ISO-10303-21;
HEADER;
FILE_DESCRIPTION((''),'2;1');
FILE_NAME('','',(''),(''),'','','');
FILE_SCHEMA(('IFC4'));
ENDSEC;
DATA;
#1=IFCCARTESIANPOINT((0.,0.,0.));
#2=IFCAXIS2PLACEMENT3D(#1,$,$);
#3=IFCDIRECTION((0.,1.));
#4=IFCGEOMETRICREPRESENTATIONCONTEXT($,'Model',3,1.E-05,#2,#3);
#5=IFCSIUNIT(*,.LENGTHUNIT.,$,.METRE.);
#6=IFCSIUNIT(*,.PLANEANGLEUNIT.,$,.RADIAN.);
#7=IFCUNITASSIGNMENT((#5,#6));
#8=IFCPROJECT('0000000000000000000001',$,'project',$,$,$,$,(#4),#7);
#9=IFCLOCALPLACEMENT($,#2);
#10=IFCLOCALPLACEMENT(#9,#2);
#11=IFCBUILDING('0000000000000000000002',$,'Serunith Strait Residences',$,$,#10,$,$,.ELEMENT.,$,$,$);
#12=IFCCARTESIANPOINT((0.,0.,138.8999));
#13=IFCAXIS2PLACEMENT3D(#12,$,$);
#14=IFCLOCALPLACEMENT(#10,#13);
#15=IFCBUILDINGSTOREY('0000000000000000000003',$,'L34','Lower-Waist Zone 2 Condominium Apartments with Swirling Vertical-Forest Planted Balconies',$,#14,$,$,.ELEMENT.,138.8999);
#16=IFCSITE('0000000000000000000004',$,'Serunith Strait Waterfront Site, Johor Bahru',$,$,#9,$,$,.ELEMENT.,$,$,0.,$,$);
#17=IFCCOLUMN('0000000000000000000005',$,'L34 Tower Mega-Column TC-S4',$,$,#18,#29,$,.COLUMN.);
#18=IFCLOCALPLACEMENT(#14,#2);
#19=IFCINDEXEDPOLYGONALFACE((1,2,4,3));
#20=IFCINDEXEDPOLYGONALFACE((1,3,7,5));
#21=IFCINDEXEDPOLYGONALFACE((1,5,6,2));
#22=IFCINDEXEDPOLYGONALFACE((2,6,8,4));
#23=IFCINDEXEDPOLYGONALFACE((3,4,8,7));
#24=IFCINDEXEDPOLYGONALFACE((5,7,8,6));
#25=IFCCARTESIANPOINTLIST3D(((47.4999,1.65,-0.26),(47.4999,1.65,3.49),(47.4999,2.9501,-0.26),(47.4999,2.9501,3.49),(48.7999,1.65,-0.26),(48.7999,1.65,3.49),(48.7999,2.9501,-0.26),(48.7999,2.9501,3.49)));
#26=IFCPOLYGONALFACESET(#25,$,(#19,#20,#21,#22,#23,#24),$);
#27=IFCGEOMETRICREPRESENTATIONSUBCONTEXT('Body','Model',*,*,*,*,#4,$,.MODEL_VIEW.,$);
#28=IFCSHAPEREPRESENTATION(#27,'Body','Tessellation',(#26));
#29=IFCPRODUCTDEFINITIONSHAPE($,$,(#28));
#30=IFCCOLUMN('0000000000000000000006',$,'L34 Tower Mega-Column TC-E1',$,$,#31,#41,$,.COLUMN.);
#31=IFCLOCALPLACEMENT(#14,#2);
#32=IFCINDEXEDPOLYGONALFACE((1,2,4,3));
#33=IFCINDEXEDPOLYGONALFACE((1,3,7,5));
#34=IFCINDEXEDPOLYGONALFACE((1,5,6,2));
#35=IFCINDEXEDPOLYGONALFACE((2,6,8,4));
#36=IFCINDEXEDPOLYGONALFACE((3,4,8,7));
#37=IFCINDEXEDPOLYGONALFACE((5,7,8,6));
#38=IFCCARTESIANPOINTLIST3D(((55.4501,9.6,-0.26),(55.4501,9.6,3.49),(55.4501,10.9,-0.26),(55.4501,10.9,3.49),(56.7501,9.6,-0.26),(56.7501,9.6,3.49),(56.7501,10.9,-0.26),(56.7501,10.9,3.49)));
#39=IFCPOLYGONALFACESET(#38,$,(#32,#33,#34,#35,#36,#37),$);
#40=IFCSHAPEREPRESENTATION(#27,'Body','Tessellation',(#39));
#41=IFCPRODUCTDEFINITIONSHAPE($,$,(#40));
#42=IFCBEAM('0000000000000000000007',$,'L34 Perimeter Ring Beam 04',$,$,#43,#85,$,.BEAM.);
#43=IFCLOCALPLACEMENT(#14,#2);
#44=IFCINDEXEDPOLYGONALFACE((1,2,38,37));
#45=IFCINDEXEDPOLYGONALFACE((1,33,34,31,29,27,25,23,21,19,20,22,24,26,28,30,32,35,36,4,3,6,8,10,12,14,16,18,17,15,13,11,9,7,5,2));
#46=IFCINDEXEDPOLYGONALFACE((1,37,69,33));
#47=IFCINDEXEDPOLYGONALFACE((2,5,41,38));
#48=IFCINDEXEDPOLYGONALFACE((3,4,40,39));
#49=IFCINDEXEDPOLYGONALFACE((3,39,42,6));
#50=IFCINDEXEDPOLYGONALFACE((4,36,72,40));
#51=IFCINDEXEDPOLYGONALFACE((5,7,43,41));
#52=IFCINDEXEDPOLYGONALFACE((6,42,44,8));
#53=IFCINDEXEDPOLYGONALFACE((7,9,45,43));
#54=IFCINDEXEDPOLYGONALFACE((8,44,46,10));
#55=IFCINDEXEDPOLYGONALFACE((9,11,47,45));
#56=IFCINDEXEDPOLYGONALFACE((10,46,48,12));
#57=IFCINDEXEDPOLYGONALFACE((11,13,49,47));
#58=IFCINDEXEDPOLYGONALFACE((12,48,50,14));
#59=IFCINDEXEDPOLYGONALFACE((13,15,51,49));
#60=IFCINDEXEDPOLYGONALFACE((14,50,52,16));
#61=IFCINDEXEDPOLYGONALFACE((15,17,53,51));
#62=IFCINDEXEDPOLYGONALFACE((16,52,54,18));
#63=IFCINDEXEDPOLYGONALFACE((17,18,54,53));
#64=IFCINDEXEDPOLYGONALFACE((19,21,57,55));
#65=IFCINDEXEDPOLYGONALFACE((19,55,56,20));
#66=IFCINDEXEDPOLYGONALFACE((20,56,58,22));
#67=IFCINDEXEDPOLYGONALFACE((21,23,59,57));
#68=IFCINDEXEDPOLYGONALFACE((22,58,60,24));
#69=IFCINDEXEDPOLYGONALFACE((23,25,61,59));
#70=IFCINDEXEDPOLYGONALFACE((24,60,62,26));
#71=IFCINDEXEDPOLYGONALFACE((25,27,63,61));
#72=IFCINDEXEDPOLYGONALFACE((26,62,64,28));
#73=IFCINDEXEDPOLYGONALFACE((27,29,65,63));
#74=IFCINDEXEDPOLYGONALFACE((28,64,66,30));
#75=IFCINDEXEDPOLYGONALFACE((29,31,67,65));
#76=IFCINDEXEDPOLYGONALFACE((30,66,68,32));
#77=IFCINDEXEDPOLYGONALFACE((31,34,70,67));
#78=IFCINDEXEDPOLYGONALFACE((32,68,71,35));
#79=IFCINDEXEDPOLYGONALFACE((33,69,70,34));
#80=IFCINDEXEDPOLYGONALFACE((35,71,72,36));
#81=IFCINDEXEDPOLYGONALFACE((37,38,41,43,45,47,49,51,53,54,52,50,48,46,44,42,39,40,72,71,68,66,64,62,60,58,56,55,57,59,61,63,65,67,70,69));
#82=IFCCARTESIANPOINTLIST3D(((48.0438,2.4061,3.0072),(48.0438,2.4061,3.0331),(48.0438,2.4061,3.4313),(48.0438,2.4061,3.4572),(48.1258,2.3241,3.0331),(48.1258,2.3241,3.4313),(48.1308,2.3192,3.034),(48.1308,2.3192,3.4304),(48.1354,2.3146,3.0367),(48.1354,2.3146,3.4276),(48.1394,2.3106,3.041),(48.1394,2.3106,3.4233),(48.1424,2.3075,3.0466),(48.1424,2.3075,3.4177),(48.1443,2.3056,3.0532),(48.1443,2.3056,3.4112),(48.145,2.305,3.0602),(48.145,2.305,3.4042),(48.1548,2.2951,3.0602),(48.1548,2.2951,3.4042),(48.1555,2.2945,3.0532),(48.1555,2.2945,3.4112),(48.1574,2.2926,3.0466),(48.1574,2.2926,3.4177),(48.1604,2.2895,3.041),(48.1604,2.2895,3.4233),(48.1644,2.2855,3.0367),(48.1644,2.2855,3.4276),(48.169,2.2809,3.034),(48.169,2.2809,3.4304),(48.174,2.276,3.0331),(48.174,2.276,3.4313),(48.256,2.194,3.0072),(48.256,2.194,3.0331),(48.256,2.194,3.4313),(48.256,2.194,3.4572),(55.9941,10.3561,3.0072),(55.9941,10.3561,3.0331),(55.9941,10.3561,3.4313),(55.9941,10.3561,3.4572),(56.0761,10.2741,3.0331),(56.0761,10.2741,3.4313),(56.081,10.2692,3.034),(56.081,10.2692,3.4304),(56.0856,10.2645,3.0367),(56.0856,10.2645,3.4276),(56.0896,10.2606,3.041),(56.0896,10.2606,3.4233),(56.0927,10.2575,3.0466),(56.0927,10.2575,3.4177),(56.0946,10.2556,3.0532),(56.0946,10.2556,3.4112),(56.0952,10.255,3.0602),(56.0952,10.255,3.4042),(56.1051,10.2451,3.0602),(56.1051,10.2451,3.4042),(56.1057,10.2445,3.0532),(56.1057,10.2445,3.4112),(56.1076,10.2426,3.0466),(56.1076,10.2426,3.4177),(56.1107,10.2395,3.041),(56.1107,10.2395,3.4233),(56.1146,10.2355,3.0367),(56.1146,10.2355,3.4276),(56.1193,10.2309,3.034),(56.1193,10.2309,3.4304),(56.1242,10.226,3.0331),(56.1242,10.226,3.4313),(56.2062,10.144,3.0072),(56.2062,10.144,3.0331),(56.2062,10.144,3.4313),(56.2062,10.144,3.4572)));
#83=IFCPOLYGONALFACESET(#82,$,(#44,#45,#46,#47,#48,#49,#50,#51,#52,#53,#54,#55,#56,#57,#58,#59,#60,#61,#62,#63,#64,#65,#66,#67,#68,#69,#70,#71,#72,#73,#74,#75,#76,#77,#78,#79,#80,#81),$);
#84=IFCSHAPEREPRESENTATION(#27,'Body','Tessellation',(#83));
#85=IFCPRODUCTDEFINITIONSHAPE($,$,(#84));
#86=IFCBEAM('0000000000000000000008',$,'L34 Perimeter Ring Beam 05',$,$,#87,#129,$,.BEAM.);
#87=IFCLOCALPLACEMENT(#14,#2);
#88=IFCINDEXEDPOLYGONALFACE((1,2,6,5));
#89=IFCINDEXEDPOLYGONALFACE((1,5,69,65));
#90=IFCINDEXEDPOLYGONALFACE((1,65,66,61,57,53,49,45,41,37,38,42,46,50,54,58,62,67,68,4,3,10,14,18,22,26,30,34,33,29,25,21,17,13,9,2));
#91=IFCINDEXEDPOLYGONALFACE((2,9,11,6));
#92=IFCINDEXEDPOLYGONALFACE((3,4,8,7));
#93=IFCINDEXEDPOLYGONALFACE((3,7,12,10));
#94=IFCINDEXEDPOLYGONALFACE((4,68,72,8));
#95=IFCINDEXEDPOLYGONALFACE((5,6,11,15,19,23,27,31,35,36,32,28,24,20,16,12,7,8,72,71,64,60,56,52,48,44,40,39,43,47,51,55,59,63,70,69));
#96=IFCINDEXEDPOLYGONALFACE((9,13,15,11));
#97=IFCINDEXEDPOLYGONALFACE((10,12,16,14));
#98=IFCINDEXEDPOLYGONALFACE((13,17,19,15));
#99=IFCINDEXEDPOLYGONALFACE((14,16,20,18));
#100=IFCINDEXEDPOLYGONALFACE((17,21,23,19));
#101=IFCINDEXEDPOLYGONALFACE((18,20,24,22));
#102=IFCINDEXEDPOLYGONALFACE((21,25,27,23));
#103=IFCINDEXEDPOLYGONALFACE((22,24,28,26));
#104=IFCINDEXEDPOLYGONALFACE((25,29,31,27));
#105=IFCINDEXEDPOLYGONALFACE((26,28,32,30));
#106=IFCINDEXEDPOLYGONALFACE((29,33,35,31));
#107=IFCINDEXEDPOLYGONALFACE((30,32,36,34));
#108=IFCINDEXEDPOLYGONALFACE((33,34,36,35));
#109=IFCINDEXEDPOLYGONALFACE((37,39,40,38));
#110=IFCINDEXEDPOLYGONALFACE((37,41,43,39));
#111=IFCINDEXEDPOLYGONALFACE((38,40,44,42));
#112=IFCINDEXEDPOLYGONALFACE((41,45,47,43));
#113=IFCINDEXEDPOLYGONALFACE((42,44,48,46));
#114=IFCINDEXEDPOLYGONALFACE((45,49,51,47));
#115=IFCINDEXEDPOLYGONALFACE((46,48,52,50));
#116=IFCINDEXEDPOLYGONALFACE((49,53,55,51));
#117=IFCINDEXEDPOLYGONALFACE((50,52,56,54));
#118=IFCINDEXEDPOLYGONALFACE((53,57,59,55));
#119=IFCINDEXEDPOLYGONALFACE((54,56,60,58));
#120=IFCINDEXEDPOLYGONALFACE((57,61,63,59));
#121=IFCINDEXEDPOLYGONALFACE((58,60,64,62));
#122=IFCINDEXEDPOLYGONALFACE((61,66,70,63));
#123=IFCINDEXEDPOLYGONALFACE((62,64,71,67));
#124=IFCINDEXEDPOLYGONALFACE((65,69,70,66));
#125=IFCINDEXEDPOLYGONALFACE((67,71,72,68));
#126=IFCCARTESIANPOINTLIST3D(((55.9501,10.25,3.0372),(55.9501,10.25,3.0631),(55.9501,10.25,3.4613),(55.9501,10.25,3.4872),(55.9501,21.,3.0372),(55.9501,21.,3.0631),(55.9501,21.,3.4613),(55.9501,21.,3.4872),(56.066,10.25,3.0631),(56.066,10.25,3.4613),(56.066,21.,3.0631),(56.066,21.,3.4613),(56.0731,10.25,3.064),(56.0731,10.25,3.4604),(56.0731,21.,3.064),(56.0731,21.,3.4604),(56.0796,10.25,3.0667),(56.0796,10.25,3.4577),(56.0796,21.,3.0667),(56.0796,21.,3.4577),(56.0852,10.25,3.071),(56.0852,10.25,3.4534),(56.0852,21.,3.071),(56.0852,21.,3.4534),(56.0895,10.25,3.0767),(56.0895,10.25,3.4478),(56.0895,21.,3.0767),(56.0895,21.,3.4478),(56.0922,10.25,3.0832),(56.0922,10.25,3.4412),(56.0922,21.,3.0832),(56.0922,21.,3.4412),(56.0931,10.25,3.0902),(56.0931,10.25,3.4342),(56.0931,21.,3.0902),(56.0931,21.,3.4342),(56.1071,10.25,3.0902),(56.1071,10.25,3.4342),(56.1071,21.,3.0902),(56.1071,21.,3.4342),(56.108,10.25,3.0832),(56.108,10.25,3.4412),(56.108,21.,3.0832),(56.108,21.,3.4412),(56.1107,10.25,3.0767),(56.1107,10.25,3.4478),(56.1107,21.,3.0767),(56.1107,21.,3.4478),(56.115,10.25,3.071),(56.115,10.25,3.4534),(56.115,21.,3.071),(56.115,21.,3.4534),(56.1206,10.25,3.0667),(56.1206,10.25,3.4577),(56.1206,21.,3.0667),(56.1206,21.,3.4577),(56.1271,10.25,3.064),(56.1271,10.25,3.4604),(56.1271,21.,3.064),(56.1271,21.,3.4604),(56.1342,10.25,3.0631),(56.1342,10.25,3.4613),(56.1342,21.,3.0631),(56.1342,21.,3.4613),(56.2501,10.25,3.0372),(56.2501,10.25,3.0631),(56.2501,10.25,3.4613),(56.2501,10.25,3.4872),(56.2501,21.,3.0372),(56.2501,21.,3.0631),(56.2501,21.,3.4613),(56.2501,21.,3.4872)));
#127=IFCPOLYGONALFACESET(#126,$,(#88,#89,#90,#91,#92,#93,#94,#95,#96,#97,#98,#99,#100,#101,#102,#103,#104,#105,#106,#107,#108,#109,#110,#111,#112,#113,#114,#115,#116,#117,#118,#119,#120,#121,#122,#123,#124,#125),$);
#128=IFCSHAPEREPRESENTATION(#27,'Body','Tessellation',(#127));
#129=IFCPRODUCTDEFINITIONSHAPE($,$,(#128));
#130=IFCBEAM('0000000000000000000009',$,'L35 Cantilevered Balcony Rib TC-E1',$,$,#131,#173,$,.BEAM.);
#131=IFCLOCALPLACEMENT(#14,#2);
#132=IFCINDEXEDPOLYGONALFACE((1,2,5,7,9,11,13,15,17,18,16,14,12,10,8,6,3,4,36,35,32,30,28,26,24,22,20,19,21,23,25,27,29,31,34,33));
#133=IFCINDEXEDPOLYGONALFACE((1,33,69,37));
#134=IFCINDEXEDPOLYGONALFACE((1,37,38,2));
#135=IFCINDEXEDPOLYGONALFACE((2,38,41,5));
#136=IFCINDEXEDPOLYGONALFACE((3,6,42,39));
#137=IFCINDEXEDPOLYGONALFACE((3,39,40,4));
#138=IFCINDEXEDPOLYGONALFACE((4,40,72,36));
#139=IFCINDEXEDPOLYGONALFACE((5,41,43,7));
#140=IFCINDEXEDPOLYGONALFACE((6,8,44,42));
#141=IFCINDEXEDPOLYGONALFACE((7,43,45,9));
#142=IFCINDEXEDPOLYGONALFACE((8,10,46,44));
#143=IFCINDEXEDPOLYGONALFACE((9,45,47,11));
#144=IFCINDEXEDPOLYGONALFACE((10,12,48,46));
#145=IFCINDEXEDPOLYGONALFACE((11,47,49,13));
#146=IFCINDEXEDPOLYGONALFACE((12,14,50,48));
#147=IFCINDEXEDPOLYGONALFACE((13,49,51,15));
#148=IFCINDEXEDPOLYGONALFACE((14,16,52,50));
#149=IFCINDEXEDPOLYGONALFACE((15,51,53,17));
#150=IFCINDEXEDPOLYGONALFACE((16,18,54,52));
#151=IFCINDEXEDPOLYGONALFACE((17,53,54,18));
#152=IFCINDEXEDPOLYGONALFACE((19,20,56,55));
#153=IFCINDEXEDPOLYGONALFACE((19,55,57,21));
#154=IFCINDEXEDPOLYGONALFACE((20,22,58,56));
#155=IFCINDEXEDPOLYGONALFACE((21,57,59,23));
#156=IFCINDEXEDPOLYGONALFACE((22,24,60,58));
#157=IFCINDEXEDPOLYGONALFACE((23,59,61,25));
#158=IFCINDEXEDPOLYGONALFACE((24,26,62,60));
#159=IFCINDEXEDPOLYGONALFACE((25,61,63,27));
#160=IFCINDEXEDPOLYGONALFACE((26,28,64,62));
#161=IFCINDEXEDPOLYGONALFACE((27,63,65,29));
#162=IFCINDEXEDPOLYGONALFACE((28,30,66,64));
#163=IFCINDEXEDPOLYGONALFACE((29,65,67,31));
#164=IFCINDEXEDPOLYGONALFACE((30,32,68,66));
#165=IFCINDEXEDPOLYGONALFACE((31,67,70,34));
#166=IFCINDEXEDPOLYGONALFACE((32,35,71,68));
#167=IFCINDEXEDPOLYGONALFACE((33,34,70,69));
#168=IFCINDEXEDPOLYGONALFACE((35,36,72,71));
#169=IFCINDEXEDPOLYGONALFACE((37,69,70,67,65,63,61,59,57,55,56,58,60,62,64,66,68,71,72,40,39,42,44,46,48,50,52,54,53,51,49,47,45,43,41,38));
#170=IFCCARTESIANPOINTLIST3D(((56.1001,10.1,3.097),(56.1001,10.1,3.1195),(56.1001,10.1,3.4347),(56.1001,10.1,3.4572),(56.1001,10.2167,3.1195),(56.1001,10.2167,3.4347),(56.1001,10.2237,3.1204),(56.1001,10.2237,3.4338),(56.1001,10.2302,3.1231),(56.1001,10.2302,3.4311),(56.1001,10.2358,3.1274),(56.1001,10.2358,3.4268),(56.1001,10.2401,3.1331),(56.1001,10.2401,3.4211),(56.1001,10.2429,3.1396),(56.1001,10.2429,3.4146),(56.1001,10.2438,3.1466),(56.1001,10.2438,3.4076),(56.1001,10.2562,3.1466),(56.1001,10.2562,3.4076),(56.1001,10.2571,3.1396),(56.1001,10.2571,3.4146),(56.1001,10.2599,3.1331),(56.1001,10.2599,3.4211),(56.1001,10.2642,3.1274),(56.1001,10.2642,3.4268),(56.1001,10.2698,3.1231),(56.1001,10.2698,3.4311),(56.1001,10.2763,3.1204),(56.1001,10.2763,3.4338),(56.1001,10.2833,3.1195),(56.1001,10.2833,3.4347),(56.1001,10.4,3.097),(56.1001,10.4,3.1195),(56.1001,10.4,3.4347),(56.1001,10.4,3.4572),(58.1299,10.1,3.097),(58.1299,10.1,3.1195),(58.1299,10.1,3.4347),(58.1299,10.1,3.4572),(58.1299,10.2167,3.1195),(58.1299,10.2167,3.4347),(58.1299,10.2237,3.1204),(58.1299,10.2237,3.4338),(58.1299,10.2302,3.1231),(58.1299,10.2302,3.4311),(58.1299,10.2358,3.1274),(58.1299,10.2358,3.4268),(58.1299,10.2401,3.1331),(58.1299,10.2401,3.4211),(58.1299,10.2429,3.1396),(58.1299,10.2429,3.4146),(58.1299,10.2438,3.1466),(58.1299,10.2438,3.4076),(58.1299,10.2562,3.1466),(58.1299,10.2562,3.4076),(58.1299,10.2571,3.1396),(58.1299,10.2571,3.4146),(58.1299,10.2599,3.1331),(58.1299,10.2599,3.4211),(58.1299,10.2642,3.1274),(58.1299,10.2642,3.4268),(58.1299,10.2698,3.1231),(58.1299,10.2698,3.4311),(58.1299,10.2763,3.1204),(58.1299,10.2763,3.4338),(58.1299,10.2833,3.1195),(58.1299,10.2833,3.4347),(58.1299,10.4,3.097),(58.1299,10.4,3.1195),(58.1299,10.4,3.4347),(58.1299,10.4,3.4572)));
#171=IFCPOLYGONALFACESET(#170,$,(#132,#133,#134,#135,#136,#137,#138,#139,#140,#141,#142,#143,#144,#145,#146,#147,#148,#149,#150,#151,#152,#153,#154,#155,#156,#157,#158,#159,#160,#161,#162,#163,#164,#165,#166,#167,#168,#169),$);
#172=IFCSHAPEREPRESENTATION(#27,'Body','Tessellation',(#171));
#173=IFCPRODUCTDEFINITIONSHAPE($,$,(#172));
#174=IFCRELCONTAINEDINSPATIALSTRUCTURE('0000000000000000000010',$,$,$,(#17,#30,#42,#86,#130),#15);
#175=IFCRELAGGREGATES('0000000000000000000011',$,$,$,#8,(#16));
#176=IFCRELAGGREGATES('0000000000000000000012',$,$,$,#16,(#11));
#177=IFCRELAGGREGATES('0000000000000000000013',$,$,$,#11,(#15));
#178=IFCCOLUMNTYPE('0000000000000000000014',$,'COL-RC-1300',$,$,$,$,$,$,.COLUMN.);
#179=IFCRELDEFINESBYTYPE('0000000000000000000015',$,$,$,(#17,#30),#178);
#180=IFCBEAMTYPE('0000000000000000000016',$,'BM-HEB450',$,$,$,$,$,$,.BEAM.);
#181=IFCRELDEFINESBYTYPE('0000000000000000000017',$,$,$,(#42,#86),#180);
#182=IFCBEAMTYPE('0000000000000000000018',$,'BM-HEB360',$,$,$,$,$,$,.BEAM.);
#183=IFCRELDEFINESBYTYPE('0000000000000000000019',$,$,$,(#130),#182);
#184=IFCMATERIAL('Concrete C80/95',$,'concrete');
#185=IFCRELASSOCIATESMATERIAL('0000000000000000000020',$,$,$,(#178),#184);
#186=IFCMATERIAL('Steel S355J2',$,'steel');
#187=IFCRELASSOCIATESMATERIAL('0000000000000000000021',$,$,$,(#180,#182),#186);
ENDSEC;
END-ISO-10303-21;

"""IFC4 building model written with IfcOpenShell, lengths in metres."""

from ifc_helpers import new_model, si_unit, direction, frame, origin, origin_2d, place, context, subcontext, project, spatial, rectangle, i_section, extrude, source, transform, mapped, material, material_profile, profile_set, type_object, element, save


model = new_model("IFC4")

# Units and contexts
model_context = context("Model", 3, precision=1e-05, world=origin(), true_north=direction((0.0, 1.0)))
body_context = subcontext(model_context, "Body", "Model", "MODEL_VIEW")
ifc_project = project(units=[si_unit("LENGTHUNIT", "METRE"), si_unit("PLANEANGLEUNIT", "RADIAN")], contexts=[model_context])

# Site, building, storey
site_placement = place(None, origin())
site = spatial("IfcSite", under=ifc_project, at=site_placement, Name="Serunith Strait Waterfront Site, Johor Bahru", CompositionType="ELEMENT", RefElevation=0.0)
building_placement = place(site_placement, origin())
building = spatial("IfcBuilding", under=site, at=building_placement, Name="Serunith Strait Residences", CompositionType="ELEMENT")
storey_placement = place(building_placement, frame((0.0, 0.0, 138.8999)))
storey = spatial("IfcBuildingStorey", under=building, at=storey_placement, Name="L34", Description="Lower-Waist Zone 2 Condominium Apartments with Swirling Vertical-Forest Planted Balconies", CompositionType="ELEMENT", Elevation=138.8999)

# Columns
ifc_material_1 = material(Name="Concrete C80/95", Category="concrete")
ifc_material_profile_1 = material_profile(ifc_material_1, rectangle(XDim=1.3, YDim=1.3, at=origin_2d()), Name="RC 1300x1300")
ifc_profile_set_1 = profile_set([ifc_material_profile_1], Name="Concrete C80/95")
column_type = type_object("IfcColumnType", Name="COL-RC-1300", PredefinedType="COLUMN", material=ifc_profile_set_1)
shared_shape_1 = source(origin(), body_context, "Body", "SweptSolid", [
    extrude(rectangle(XDim=1.3, YDim=1.3, at=origin_2d()), origin(), (0.0, 0.0, 1.0), 3.75),
])
for number, where, z_axis, x_axis, name in (
    (1, (48.1499, 2.3, -0.26), (0.0, 0.0, 1.0), (1.0, 0.0, 0.0), "L34 Tower Mega-Column TC-S4"),
    (2, (56.1001, 10.25, -0.26), (0.0, 0.0, 1.0), (1.0, 0.0, 0.0), "L34 Tower Mega-Column TC-E1"),
):
    element("IfcColumn", number, at=place(storey_placement, frame(where, z_axis=z_axis, x_axis=x_axis)), inside=storey, type_object=column_type, Name=name, PredefinedType="COLUMN", context=body_context, shape_type="MappedRepresentation", body=[
        mapped(shared_shape_1, transform((0.0, 0.0, 0.0), scale=1.0)),
    ])

# Beams
ifc_material_2 = material(Name="Steel S355J2", Category="steel")
ifc_material_profile_2 = material_profile(ifc_material_2, i_section(OverallWidth=0.3, OverallDepth=0.45, WebThickness=0.0139, FlangeThickness=0.0259, FilletRadius=0.0271, at=origin_2d()), Name="HEB 450")
ifc_profile_set_2 = profile_set([ifc_material_profile_2], Name="Steel S355J2")
beam_type_1 = type_object("IfcBeamType", Name="BM-HEB450", PredefinedType="BEAM", material=ifc_profile_set_2)
shared_shape_2 = source(origin(), body_context, "Body", "SweptSolid", [
    extrude(i_section(OverallWidth=0.3, OverallDepth=0.45, WebThickness=0.0139, FlangeThickness=0.0259, FilletRadius=0.0271, at=origin_2d()), origin(), (0.0, 0.0, 1.0), 11.2432),
])
beam_1_placement = place(storey_placement, frame((48.1499, 2.3, 3.2322), z_axis=(0.707118, 0.707096, 0.0), x_axis=(-0.707096, 0.707118, 0.0)))
element("IfcBeam", 3, at=beam_1_placement, inside=storey, type_object=beam_type_1, Name="L34 Perimeter Ring Beam 04", PredefinedType="BEAM", context=body_context, shape_type="MappedRepresentation", body=[
    mapped(shared_shape_2, transform((0.0, 0.0, 0.0), scale=1.0)),
])
shared_shape_3 = source(origin(), body_context, "Body", "SweptSolid", [
    extrude(i_section(OverallWidth=0.3, OverallDepth=0.45, WebThickness=0.0139, FlangeThickness=0.0259, FilletRadius=0.0271, at=origin_2d()), origin(), (0.0, 0.0, 1.0), 10.75),
])
beam_2_placement = place(storey_placement, frame((56.1001, 10.25, 3.2622), z_axis=(0.0, 1.0, 0.0), x_axis=(-1.0, 0.0, 0.0)))
element("IfcBeam", 4, at=beam_2_placement, inside=storey, type_object=beam_type_1, Name="L34 Perimeter Ring Beam 05", PredefinedType="BEAM", context=body_context, shape_type="MappedRepresentation", body=[
    mapped(shared_shape_3, transform((0.0, 0.0, 0.0), scale=1.0)),
])
ifc_material_profile_3 = material_profile(ifc_material_2, i_section(OverallWidth=0.3, OverallDepth=0.3601, WebThickness=0.0125, FlangeThickness=0.0225, FilletRadius=0.0271, at=origin_2d()), Name="HEB 360")
ifc_profile_set_3 = profile_set([ifc_material_profile_3], Name="Steel S355J2")
beam_type_2 = type_object("IfcBeamType", Name="BM-HEB360", PredefinedType="BEAM", material=ifc_profile_set_3)
shared_shape_4 = source(origin(), body_context, "Body", "SweptSolid", [
    extrude(i_section(OverallWidth=0.3, OverallDepth=0.3601, WebThickness=0.0125, FlangeThickness=0.0225, FilletRadius=0.0271, at=origin_2d()), origin(), (0.0, 0.0, 1.0), 2.0298),
])
beam_3_placement = place(storey_placement, frame((56.1001, 10.25, 3.2771), z_axis=(1.0, 0.0, 0.0), x_axis=(0.0, 1.0, 0.0)))
element("IfcBeam", 5, at=beam_3_placement, inside=storey, type_object=beam_type_2, Name="L35 Cantilevered Balcony Rib TC-E1", PredefinedType="BEAM", context=body_context, shape_type="MappedRepresentation", body=[
    mapped(shared_shape_4, transform((0.0, 0.0, 0.0), scale=1.0)),
])

save(model, "model.ifc")
